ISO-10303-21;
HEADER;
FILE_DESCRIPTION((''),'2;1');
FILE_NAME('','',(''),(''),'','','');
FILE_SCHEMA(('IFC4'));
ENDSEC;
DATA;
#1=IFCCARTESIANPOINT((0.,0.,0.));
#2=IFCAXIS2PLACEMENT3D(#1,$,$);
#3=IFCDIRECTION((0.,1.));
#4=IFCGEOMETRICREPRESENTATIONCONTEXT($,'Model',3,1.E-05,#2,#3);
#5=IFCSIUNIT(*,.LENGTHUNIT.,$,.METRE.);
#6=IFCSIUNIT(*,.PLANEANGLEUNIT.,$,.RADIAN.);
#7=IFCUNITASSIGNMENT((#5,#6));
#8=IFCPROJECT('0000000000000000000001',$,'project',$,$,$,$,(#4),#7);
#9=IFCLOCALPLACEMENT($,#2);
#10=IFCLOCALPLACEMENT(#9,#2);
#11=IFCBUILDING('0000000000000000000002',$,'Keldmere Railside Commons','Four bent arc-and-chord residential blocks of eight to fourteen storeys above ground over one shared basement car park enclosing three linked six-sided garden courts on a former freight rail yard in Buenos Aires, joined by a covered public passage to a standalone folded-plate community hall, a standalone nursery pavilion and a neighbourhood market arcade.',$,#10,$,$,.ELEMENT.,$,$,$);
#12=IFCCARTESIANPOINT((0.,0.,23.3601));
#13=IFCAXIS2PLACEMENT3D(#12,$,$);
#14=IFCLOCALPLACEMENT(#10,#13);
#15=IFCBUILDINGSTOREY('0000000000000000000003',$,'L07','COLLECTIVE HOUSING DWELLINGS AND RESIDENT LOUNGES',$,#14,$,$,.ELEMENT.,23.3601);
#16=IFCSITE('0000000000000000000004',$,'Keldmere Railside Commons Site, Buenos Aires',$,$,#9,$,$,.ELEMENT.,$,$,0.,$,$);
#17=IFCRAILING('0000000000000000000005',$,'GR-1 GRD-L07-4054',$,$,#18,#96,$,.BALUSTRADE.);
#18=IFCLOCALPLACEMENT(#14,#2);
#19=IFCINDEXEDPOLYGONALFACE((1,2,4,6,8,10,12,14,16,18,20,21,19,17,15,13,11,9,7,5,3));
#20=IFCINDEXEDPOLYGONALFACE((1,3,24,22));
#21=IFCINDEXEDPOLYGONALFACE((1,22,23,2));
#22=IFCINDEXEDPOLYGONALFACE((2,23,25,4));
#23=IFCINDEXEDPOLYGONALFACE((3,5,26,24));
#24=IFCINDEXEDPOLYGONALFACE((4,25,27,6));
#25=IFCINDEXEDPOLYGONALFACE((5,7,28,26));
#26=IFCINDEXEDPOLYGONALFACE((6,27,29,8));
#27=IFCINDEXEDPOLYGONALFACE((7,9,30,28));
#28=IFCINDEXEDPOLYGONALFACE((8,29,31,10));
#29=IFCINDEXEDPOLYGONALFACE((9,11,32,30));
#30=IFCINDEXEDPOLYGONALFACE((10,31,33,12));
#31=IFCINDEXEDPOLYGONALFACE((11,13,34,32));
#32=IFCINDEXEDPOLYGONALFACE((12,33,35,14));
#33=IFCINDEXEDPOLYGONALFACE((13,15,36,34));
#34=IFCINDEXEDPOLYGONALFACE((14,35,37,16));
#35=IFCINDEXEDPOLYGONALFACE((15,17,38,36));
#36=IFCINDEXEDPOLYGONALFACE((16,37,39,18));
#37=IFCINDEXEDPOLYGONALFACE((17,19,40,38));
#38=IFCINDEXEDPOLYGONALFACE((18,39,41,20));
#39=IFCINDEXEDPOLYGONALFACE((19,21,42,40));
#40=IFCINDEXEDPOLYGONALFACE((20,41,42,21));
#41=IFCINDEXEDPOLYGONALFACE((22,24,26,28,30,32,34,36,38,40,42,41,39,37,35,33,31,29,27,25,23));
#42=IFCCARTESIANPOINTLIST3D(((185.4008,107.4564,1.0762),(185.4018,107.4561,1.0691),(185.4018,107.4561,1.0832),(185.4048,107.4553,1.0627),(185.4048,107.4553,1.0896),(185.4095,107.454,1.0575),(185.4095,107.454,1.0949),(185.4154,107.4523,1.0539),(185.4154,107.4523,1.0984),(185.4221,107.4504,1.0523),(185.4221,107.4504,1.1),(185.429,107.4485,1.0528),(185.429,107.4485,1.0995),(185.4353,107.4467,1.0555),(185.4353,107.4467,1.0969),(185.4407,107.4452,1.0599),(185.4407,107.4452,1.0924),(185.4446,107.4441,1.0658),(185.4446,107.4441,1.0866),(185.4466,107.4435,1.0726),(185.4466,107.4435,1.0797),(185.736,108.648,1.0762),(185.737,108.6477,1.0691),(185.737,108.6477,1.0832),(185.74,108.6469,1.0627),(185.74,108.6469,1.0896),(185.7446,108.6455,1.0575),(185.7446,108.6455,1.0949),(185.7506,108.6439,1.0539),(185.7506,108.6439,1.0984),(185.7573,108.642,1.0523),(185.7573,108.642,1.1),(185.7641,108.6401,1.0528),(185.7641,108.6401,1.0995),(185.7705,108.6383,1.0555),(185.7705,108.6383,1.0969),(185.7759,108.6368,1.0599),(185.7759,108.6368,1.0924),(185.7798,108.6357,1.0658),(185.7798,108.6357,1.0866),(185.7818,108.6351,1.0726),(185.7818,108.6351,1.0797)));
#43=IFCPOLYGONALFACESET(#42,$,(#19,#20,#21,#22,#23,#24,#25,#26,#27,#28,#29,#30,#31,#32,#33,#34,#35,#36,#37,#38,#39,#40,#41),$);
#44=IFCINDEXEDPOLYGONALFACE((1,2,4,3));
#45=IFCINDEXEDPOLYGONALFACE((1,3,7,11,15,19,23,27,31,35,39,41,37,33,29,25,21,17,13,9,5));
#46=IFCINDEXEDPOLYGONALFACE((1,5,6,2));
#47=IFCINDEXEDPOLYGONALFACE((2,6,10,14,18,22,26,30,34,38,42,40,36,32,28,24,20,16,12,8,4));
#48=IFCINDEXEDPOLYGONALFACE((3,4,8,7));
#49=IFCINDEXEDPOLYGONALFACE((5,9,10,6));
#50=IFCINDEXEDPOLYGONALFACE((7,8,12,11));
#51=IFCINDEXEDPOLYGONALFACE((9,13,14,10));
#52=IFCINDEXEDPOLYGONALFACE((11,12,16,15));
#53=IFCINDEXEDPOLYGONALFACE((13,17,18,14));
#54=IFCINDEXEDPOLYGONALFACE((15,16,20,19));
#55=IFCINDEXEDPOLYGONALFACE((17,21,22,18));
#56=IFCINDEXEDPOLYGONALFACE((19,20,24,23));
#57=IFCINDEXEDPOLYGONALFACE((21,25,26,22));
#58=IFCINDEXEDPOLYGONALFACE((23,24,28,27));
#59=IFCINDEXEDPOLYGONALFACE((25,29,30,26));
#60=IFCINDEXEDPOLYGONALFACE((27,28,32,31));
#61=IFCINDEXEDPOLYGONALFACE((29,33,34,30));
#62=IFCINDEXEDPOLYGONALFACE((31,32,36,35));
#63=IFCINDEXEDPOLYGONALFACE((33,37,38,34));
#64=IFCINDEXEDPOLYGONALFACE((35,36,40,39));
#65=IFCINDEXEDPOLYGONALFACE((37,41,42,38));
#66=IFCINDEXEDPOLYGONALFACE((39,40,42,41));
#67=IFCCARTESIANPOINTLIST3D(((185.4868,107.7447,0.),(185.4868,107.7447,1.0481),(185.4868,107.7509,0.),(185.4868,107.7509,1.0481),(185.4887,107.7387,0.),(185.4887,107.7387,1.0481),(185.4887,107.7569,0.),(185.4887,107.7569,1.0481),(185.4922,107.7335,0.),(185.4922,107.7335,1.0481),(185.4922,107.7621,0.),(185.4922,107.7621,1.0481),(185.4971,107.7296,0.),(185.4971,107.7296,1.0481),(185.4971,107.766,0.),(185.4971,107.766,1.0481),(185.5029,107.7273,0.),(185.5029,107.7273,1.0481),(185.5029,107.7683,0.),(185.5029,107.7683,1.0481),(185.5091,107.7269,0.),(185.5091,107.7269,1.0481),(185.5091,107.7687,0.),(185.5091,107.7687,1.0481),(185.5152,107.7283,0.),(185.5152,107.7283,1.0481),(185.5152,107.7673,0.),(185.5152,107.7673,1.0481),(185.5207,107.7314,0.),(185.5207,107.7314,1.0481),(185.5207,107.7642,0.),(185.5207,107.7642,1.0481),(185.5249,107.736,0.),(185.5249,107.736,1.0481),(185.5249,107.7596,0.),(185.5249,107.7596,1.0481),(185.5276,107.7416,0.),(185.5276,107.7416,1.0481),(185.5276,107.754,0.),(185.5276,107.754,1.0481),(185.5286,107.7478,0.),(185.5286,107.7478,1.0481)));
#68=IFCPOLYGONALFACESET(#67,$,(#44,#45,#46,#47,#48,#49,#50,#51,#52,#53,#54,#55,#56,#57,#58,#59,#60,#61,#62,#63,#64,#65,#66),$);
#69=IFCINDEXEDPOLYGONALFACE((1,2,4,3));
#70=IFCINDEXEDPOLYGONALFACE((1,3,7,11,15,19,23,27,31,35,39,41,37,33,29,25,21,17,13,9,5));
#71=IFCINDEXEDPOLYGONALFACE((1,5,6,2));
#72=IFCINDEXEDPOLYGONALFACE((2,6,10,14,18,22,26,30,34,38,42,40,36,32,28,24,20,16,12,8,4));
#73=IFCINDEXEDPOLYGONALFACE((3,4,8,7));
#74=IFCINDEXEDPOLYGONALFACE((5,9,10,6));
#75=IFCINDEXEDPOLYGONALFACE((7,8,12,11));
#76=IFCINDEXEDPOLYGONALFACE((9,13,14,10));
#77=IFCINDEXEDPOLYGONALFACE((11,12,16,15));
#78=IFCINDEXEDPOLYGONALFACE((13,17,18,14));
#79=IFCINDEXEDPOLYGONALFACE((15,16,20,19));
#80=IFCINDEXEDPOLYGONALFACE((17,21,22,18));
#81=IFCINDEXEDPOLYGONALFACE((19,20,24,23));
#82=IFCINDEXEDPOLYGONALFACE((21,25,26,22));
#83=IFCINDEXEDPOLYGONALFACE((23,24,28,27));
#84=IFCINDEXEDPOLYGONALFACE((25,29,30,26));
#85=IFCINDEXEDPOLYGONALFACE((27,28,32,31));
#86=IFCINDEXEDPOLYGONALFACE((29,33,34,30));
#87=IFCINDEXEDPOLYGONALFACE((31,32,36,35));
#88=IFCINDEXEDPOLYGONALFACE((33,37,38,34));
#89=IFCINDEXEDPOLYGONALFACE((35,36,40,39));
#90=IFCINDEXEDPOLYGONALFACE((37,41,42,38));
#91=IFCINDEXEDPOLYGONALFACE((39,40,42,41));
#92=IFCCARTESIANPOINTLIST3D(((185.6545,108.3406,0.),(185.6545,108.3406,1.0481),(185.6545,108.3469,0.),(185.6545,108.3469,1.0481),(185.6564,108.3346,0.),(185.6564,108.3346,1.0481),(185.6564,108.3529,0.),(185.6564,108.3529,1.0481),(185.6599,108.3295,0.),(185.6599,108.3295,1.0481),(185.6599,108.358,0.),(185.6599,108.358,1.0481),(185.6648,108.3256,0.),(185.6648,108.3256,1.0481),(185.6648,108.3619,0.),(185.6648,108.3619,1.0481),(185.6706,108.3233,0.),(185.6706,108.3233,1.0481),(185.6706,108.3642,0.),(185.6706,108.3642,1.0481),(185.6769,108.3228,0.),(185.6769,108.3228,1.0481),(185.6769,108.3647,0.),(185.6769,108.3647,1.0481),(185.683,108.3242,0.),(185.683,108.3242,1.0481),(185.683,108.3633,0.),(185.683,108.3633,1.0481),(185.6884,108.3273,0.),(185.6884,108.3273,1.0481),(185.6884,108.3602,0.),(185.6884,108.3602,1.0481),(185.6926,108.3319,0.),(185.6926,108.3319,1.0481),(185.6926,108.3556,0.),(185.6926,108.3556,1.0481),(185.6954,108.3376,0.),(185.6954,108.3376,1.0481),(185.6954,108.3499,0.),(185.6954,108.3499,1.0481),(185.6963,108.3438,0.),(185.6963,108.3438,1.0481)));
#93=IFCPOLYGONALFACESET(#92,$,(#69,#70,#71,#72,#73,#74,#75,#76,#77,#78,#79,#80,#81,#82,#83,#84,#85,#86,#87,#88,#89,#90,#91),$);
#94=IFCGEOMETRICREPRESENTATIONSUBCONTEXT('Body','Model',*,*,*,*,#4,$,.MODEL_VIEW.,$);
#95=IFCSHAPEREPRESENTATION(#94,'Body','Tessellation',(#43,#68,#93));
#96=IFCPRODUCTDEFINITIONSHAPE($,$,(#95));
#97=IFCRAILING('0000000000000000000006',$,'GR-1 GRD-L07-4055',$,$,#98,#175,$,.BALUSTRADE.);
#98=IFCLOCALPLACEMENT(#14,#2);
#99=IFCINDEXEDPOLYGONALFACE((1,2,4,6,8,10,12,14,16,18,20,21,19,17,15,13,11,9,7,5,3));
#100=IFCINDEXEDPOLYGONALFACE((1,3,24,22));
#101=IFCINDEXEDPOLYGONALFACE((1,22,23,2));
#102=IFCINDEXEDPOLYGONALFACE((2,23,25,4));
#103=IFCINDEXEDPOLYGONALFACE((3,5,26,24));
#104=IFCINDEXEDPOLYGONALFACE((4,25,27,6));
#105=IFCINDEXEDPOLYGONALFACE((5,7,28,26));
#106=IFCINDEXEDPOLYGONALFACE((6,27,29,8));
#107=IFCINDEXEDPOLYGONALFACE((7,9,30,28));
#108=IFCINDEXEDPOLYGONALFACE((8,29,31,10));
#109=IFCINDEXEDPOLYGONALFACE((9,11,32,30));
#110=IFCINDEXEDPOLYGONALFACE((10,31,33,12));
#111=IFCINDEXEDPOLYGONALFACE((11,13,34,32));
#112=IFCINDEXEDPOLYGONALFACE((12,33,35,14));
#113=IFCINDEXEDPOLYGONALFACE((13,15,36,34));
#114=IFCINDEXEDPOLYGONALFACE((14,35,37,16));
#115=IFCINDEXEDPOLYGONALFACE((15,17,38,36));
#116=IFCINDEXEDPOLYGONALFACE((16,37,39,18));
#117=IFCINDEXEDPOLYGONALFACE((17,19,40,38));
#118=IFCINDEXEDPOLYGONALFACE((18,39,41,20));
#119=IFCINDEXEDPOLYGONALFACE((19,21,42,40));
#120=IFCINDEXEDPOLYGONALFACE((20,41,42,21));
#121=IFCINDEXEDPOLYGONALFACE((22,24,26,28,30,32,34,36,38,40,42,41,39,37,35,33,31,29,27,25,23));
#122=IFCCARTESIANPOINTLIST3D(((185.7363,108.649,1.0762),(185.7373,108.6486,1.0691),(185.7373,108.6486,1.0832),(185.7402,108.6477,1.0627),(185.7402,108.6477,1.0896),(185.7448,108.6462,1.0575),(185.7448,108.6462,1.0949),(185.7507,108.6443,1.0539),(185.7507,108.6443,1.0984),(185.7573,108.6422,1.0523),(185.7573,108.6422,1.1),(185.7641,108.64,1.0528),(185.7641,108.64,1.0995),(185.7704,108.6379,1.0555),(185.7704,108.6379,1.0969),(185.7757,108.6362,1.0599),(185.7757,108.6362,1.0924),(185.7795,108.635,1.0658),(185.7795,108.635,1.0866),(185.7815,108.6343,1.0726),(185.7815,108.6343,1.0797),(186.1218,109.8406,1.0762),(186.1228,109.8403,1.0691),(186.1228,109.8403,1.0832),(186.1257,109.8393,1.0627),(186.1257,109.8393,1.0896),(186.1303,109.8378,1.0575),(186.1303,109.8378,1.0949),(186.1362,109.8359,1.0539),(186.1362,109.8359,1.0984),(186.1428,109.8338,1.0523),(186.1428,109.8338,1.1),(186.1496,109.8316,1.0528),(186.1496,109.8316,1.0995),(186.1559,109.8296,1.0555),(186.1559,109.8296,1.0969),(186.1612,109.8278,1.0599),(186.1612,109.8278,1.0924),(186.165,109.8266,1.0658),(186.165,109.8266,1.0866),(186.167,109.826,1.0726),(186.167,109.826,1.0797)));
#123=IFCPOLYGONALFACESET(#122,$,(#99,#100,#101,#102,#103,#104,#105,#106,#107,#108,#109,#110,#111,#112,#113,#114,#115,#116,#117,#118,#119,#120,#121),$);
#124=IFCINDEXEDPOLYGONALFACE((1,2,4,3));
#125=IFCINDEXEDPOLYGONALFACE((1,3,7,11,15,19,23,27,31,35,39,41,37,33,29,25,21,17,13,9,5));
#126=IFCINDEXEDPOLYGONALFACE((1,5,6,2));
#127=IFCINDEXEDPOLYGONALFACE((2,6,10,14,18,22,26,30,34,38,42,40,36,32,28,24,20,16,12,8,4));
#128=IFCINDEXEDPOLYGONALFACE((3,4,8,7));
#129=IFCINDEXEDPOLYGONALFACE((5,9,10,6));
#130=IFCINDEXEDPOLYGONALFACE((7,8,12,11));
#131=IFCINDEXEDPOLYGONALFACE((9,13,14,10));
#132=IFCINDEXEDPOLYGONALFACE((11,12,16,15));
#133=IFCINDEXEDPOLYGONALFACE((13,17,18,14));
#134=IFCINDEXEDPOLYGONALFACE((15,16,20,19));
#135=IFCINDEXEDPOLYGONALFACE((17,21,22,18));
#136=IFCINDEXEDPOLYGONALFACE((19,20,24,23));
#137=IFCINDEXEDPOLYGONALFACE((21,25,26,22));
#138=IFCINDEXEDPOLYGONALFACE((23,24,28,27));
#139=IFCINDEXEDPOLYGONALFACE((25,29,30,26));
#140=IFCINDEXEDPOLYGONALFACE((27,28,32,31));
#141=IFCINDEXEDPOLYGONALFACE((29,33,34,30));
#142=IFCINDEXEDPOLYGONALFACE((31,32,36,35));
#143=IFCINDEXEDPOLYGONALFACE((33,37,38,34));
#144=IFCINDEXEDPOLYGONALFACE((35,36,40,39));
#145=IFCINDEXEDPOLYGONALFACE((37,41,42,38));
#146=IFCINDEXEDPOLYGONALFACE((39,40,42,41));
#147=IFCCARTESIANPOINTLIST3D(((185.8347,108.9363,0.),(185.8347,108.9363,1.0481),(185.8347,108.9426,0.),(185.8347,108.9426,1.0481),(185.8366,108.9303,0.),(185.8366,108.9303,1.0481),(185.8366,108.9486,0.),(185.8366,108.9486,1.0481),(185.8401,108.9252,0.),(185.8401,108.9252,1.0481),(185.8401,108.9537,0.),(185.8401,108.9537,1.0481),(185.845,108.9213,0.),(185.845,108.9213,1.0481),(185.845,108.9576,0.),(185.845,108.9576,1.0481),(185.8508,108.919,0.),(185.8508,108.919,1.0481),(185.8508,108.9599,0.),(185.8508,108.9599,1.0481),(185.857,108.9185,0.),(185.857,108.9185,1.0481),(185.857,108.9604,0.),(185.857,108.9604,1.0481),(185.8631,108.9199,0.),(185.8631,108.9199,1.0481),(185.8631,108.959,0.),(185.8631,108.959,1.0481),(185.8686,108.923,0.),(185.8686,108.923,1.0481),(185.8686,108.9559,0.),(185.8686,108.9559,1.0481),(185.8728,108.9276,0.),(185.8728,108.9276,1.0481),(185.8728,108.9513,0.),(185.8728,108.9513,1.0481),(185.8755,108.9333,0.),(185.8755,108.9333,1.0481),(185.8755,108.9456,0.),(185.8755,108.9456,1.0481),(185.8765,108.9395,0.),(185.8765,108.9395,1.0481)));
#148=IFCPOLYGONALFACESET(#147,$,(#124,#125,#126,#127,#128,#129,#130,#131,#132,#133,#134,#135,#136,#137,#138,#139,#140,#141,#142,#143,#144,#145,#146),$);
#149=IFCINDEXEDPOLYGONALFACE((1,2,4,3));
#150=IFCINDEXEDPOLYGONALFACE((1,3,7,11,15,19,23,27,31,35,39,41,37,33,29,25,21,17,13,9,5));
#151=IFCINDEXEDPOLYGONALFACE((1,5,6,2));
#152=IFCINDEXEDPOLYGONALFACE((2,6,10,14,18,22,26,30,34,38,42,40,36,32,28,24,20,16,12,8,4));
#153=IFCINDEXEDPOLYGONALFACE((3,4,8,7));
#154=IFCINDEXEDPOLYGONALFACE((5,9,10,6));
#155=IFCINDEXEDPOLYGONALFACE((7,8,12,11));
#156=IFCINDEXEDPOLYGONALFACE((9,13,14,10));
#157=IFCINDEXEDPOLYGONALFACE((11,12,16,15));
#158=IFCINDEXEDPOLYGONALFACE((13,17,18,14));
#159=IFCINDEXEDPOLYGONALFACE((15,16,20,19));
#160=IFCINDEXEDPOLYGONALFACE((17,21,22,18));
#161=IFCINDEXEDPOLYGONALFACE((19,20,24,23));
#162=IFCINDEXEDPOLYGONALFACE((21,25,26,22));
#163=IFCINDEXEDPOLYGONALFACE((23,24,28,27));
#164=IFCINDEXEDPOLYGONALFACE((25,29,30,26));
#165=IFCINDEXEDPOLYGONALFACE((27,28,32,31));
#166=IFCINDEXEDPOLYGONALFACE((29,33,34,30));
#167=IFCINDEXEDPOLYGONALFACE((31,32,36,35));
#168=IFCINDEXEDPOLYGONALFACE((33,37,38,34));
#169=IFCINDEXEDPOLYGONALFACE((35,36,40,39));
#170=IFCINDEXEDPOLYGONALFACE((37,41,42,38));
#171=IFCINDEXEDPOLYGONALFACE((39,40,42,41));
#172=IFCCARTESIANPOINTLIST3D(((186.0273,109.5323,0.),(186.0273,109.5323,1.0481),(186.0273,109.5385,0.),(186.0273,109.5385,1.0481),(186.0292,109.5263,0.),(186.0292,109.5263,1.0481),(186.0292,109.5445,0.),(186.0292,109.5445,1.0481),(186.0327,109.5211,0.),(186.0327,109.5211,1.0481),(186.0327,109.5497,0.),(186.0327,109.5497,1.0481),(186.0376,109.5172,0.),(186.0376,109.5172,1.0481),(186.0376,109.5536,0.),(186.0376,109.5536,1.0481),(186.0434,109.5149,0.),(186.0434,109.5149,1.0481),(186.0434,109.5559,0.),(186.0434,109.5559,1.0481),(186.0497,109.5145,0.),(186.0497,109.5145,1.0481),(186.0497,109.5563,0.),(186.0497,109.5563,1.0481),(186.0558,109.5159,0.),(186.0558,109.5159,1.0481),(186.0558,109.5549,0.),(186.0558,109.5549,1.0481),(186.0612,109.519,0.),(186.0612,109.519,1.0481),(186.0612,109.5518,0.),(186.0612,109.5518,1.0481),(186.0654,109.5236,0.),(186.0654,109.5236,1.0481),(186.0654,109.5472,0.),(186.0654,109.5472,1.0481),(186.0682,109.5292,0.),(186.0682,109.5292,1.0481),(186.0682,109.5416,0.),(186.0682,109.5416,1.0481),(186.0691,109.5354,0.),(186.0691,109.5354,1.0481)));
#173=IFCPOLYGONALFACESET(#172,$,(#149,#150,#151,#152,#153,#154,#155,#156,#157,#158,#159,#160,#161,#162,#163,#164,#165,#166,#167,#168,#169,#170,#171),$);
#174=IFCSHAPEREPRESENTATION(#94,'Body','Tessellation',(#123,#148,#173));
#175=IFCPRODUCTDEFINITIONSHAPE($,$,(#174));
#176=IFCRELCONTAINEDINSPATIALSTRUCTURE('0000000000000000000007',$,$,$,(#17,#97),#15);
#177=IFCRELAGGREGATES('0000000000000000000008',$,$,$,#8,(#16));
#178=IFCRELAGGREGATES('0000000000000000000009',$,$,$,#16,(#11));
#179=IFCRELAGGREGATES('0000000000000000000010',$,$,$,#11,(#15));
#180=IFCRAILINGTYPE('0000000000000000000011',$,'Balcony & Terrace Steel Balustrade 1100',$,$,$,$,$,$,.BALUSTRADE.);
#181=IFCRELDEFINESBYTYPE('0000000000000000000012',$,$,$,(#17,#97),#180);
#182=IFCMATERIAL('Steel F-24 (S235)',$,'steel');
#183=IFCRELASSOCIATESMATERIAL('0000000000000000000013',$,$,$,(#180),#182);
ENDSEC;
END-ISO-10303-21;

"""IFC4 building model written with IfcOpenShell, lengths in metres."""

from ifc_helpers import new_model, si_unit, direction, frame, origin, origin_2d, place, context, subcontext, project, spatial, circle, extrude, material, type_object, element, save


model = new_model("IFC4")

# Units and contexts
model_context = context("Model", 3, precision=1e-05, world=origin(), true_north=direction((0.0, 1.0)))
body_context = subcontext(model_context, "Body", "Model", "MODEL_VIEW")
ifc_project = project(units=[si_unit("LENGTHUNIT", "METRE"), si_unit("PLANEANGLEUNIT", "RADIAN")], contexts=[model_context])

# Site, building, storey
site_placement = place(None, origin())
site = spatial("IfcSite", under=ifc_project, at=site_placement, Name="Keldmere Railside Commons Site, Buenos Aires", CompositionType="ELEMENT", RefElevation=0.0)
building_placement = place(site_placement, origin())
building = spatial("IfcBuilding", under=site, at=building_placement, Name="Keldmere Railside Commons", Description="Four bent arc-and-chord residential blocks of eight to fourteen storeys above ground over one shared basement car park enclosing three linked six-sided garden courts on a former freight rail yard in Buenos Aires, joined by a covered public passage to a standalone folded-plate community hall, a standalone nursery pavilion and a neighbourhood market arcade.", CompositionType="ELEMENT")
storey_placement = place(building_placement, frame((0.0, 0.0, 23.3601)))
storey = spatial("IfcBuildingStorey", under=building, at=storey_placement, Name="L07", Description="COLLECTIVE HOUSING DWELLINGS AND RESIDENT LOUNGES", CompositionType="ELEMENT", Elevation=23.3601)

# Railings
ifc_material_1 = material(Name="Steel F-24 (S235)", Category="steel")
railing_type = type_object("IfcRailingType", Name="Balcony & Terrace Steel Balustrade 1100", PredefinedType="BALUSTRADE", material=ifc_material_1)
railing_1_placement = place(storey_placement, frame((185.4238, 107.45, 0.0)))
element("IfcRailing", 1, at=railing_1_placement, inside=storey, type_object=railing_type, Name="GR-1 GRD-L07-4054", PredefinedType="BALUSTRADE", context=body_context, shape_type="SweptSolid", body=[
    extrude(circle(Radius=0.0239, at=origin_2d()), frame((0.0, 0.0, 1.0762), z_axis=(0.270786, 0.96264, 0.0), x_axis=(-0.96264, 0.270786, 0.0)), (0.0, 0.0, 1.0), 1.2378),
    extrude(circle(Radius=0.021, at=origin_2d()), frame((0.0837, 0.2979, 0.0)), (0.0, 0.0, 1.0), 1.0481),
    extrude(circle(Radius=0.021, at=origin_2d()), frame((0.2515, 0.8938, 0.0)), (0.0, 0.0, 1.0), 1.0481),
])
railing_2_placement = place(storey_placement, frame((185.759, 108.6416, 0.0)))
element("IfcRailing", 2, at=railing_2_placement, inside=storey, type_object=railing_type, Name="GR-1 GRD-L07-4055", PredefinedType="BALUSTRADE", context=body_context, shape_type="SweptSolid", body=[
    extrude(circle(Radius=0.0239, at=origin_2d()), frame((0.0, 0.0, 1.0762), z_axis=(0.307794, 0.951453, 0.0), x_axis=(-0.951453, 0.307794, 0.0)), (0.0, 0.0, 1.0), 1.2524),
    extrude(circle(Radius=0.021, at=origin_2d()), frame((0.0964, 0.2979, 0.0)), (0.0, 0.0, 1.0), 1.0481),
    extrude(circle(Radius=0.021, at=origin_2d()), frame((0.2891, 0.8938, 0.0)), (0.0, 0.0, 1.0), 1.0481),
])

save(model, "model.ifc")
